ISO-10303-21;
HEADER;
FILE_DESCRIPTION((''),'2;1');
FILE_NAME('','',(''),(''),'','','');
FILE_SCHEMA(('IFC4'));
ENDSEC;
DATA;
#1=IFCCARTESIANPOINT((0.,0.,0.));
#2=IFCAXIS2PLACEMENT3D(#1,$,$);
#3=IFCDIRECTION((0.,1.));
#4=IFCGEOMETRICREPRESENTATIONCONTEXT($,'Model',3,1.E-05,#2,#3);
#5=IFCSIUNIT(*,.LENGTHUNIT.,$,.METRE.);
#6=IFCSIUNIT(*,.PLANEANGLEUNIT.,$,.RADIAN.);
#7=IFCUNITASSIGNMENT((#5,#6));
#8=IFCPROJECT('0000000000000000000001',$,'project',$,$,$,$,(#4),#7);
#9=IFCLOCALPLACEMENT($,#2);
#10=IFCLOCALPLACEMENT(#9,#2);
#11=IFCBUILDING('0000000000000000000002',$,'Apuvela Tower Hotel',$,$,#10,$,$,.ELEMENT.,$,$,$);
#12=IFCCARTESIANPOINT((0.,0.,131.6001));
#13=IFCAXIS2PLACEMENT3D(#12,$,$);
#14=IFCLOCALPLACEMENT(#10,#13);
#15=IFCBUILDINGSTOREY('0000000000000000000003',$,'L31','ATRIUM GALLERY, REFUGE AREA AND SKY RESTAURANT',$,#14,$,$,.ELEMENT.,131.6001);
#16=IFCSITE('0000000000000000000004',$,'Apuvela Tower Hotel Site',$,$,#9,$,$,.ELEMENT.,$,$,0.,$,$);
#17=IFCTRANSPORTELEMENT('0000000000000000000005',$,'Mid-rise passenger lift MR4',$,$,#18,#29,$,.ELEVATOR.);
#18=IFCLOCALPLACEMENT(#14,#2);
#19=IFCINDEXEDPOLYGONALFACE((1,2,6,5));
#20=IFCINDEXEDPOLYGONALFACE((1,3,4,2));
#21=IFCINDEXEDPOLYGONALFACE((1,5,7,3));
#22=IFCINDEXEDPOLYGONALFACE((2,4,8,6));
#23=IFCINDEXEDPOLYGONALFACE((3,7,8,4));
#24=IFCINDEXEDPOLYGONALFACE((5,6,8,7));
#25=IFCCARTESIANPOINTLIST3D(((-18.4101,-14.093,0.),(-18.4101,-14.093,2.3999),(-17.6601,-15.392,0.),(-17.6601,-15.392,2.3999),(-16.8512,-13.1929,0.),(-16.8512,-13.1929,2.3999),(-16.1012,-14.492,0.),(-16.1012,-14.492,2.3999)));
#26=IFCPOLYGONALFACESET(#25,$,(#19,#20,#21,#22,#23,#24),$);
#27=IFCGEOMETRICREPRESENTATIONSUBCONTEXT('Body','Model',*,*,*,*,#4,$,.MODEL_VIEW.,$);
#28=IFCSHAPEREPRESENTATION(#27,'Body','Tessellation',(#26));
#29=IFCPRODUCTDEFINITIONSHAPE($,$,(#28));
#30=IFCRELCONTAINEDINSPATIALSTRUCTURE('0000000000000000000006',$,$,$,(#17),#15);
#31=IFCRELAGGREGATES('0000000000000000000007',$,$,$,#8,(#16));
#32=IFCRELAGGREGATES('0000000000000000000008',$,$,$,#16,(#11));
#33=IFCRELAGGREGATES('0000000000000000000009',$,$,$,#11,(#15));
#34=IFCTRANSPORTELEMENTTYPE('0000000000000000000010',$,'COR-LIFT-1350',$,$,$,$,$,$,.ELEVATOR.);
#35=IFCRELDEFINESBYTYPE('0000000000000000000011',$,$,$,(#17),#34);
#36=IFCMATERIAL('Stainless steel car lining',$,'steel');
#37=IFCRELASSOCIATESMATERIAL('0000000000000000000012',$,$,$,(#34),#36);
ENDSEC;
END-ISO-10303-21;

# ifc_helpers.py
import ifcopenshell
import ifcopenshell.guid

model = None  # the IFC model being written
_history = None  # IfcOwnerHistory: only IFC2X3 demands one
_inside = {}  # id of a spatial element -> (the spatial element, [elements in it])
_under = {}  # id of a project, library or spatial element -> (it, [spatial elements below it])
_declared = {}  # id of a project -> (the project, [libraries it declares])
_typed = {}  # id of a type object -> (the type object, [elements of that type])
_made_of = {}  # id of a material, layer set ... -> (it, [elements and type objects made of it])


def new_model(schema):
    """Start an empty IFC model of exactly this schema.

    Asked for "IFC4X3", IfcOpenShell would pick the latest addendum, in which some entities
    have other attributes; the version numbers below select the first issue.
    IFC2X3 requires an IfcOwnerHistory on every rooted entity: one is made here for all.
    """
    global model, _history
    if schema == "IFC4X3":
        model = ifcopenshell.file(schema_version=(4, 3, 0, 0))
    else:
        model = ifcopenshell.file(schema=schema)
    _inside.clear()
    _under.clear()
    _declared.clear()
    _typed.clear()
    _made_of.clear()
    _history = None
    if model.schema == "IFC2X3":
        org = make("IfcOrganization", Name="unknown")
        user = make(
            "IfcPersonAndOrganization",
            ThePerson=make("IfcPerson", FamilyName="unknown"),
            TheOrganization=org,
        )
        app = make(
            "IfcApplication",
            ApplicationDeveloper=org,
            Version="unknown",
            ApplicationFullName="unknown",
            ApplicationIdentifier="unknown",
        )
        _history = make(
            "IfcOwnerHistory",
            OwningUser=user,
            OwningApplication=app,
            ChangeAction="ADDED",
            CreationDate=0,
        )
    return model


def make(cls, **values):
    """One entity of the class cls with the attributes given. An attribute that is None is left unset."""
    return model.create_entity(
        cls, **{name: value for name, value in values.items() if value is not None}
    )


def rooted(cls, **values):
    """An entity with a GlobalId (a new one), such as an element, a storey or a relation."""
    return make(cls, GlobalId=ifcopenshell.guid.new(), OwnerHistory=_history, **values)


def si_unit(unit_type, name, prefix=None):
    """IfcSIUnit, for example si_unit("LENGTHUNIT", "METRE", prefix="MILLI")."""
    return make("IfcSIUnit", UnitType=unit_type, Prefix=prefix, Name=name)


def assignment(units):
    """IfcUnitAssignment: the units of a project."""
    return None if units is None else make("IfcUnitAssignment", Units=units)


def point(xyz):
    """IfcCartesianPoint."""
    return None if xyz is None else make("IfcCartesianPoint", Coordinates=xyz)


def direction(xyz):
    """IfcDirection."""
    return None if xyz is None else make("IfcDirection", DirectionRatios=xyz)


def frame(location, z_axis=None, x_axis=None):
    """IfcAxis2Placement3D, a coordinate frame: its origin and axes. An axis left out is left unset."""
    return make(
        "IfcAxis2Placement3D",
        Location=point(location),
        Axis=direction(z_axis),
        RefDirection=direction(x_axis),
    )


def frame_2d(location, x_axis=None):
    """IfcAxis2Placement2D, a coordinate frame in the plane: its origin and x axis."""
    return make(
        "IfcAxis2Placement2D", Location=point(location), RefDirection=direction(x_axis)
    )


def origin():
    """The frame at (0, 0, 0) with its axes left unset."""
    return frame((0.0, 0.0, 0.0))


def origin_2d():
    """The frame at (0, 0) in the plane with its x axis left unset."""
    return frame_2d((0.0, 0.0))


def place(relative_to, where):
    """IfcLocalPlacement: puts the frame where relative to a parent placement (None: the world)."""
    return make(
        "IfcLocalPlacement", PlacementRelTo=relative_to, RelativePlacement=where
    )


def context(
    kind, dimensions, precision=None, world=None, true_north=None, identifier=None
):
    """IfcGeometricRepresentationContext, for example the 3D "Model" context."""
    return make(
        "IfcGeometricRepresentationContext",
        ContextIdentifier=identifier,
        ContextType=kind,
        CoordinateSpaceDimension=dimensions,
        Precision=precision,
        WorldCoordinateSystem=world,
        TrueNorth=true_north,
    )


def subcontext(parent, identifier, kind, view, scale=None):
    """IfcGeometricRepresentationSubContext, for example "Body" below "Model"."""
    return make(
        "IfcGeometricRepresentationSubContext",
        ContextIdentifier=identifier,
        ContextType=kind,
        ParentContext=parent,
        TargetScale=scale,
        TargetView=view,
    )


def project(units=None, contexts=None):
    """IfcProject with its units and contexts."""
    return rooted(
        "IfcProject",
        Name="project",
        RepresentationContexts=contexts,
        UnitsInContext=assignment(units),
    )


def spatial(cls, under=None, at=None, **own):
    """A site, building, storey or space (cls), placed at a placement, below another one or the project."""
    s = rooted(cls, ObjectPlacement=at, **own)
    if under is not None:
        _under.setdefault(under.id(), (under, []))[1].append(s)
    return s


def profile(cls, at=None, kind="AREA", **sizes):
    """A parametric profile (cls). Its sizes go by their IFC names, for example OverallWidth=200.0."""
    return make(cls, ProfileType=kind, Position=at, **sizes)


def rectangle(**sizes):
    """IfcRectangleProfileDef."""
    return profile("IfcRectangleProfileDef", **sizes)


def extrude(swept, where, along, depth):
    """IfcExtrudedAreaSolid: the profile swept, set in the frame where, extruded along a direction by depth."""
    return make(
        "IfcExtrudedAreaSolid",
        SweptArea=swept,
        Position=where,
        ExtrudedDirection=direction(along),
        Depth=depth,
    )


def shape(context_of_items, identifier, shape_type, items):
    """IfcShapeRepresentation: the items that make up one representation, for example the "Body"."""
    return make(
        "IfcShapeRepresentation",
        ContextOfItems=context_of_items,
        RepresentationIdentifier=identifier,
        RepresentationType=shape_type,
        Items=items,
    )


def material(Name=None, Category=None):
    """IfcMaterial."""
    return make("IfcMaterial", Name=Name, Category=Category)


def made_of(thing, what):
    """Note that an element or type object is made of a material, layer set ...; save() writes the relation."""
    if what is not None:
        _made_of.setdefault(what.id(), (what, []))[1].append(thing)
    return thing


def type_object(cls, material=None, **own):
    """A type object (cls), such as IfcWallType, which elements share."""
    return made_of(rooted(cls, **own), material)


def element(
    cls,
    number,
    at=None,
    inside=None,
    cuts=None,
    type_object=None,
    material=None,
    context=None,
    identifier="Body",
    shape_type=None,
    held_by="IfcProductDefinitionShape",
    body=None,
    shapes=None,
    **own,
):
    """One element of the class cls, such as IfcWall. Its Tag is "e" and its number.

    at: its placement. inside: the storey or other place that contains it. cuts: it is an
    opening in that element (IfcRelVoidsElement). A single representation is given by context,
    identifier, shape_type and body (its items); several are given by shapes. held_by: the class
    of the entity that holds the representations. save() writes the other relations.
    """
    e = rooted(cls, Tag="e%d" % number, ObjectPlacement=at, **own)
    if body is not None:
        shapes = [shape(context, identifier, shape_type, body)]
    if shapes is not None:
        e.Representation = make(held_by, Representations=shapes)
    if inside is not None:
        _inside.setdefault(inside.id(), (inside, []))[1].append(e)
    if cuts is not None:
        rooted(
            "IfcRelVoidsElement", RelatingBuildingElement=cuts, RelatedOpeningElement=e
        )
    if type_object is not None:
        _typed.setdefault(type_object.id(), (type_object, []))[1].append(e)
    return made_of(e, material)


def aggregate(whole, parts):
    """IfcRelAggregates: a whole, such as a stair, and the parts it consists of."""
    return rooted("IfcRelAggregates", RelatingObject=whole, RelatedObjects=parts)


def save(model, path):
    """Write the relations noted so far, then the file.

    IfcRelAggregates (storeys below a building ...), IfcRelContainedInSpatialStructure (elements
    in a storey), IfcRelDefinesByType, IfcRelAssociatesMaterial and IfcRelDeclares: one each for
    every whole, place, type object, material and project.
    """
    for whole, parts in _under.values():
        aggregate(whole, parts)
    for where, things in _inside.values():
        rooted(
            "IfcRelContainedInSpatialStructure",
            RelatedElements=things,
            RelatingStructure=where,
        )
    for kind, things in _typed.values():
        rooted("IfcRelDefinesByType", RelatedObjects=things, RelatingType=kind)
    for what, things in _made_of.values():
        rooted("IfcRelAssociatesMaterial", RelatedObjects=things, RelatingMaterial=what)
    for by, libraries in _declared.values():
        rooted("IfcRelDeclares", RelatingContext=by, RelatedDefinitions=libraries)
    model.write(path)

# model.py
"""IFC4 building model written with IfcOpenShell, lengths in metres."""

from ifc_helpers import new_model, si_unit, direction, frame, origin, origin_2d, place, context, subcontext, project, spatial, rectangle, extrude, material, type_object, element, save


model = new_model("IFC4")

# Units and contexts
model_context = context("Model", 3, precision=1e-05, world=origin(), true_north=direction((0.0, 1.0)))
body_context = subcontext(model_context, "Body", "Model", "MODEL_VIEW")
ifc_project = project(units=[si_unit("LENGTHUNIT", "METRE"), si_unit("PLANEANGLEUNIT", "RADIAN")], contexts=[model_context])

# Site, building, storey
site_placement = place(None, origin())
site = spatial("IfcSite", under=ifc_project, at=site_placement, Name="Apuvela Tower Hotel Site", CompositionType="ELEMENT", RefElevation=0.0)
building_placement = place(site_placement, origin())
building = spatial("IfcBuilding", under=site, at=building_placement, Name="Apuvela Tower Hotel", CompositionType="ELEMENT")
storey_placement = place(building_placement, frame((0.0, 0.0, 131.6001)))
storey = spatial("IfcBuildingStorey", under=building, at=storey_placement, Name="L31", Description="ATRIUM GALLERY, REFUGE AREA AND SKY RESTAURANT", CompositionType="ELEMENT", Elevation=131.6001)

# Transport element
ifc_material_1 = material(Name="Stainless steel car lining", Category="steel")
transport_element_type = type_object("IfcTransportElementType", Name="COR-LIFT-1350", PredefinedType="ELEVATOR", material=ifc_material_1)
for number, where, z_axis, x_axis, name in (
    (1, (-17.2556, -14.2925, 0.0), (0.0, 0.0, 1.0), (-0.866025, -0.5, 0.0), "Mid-rise passenger lift MR4"),
):
    element("IfcTransportElement", number, at=place(storey_placement, frame(where, z_axis=z_axis, x_axis=x_axis)), inside=storey, type_object=transport_element_type, Name=name, PredefinedType="ELEVATOR", context=body_context, shape_type="SweptSolid", body=[
        extrude(rectangle(XDim=1.8, YDim=1.5, at=origin_2d()), origin(), (0.0, 0.0, 1.0), 2.3999),
    ])

save(model, "model.ifc")
